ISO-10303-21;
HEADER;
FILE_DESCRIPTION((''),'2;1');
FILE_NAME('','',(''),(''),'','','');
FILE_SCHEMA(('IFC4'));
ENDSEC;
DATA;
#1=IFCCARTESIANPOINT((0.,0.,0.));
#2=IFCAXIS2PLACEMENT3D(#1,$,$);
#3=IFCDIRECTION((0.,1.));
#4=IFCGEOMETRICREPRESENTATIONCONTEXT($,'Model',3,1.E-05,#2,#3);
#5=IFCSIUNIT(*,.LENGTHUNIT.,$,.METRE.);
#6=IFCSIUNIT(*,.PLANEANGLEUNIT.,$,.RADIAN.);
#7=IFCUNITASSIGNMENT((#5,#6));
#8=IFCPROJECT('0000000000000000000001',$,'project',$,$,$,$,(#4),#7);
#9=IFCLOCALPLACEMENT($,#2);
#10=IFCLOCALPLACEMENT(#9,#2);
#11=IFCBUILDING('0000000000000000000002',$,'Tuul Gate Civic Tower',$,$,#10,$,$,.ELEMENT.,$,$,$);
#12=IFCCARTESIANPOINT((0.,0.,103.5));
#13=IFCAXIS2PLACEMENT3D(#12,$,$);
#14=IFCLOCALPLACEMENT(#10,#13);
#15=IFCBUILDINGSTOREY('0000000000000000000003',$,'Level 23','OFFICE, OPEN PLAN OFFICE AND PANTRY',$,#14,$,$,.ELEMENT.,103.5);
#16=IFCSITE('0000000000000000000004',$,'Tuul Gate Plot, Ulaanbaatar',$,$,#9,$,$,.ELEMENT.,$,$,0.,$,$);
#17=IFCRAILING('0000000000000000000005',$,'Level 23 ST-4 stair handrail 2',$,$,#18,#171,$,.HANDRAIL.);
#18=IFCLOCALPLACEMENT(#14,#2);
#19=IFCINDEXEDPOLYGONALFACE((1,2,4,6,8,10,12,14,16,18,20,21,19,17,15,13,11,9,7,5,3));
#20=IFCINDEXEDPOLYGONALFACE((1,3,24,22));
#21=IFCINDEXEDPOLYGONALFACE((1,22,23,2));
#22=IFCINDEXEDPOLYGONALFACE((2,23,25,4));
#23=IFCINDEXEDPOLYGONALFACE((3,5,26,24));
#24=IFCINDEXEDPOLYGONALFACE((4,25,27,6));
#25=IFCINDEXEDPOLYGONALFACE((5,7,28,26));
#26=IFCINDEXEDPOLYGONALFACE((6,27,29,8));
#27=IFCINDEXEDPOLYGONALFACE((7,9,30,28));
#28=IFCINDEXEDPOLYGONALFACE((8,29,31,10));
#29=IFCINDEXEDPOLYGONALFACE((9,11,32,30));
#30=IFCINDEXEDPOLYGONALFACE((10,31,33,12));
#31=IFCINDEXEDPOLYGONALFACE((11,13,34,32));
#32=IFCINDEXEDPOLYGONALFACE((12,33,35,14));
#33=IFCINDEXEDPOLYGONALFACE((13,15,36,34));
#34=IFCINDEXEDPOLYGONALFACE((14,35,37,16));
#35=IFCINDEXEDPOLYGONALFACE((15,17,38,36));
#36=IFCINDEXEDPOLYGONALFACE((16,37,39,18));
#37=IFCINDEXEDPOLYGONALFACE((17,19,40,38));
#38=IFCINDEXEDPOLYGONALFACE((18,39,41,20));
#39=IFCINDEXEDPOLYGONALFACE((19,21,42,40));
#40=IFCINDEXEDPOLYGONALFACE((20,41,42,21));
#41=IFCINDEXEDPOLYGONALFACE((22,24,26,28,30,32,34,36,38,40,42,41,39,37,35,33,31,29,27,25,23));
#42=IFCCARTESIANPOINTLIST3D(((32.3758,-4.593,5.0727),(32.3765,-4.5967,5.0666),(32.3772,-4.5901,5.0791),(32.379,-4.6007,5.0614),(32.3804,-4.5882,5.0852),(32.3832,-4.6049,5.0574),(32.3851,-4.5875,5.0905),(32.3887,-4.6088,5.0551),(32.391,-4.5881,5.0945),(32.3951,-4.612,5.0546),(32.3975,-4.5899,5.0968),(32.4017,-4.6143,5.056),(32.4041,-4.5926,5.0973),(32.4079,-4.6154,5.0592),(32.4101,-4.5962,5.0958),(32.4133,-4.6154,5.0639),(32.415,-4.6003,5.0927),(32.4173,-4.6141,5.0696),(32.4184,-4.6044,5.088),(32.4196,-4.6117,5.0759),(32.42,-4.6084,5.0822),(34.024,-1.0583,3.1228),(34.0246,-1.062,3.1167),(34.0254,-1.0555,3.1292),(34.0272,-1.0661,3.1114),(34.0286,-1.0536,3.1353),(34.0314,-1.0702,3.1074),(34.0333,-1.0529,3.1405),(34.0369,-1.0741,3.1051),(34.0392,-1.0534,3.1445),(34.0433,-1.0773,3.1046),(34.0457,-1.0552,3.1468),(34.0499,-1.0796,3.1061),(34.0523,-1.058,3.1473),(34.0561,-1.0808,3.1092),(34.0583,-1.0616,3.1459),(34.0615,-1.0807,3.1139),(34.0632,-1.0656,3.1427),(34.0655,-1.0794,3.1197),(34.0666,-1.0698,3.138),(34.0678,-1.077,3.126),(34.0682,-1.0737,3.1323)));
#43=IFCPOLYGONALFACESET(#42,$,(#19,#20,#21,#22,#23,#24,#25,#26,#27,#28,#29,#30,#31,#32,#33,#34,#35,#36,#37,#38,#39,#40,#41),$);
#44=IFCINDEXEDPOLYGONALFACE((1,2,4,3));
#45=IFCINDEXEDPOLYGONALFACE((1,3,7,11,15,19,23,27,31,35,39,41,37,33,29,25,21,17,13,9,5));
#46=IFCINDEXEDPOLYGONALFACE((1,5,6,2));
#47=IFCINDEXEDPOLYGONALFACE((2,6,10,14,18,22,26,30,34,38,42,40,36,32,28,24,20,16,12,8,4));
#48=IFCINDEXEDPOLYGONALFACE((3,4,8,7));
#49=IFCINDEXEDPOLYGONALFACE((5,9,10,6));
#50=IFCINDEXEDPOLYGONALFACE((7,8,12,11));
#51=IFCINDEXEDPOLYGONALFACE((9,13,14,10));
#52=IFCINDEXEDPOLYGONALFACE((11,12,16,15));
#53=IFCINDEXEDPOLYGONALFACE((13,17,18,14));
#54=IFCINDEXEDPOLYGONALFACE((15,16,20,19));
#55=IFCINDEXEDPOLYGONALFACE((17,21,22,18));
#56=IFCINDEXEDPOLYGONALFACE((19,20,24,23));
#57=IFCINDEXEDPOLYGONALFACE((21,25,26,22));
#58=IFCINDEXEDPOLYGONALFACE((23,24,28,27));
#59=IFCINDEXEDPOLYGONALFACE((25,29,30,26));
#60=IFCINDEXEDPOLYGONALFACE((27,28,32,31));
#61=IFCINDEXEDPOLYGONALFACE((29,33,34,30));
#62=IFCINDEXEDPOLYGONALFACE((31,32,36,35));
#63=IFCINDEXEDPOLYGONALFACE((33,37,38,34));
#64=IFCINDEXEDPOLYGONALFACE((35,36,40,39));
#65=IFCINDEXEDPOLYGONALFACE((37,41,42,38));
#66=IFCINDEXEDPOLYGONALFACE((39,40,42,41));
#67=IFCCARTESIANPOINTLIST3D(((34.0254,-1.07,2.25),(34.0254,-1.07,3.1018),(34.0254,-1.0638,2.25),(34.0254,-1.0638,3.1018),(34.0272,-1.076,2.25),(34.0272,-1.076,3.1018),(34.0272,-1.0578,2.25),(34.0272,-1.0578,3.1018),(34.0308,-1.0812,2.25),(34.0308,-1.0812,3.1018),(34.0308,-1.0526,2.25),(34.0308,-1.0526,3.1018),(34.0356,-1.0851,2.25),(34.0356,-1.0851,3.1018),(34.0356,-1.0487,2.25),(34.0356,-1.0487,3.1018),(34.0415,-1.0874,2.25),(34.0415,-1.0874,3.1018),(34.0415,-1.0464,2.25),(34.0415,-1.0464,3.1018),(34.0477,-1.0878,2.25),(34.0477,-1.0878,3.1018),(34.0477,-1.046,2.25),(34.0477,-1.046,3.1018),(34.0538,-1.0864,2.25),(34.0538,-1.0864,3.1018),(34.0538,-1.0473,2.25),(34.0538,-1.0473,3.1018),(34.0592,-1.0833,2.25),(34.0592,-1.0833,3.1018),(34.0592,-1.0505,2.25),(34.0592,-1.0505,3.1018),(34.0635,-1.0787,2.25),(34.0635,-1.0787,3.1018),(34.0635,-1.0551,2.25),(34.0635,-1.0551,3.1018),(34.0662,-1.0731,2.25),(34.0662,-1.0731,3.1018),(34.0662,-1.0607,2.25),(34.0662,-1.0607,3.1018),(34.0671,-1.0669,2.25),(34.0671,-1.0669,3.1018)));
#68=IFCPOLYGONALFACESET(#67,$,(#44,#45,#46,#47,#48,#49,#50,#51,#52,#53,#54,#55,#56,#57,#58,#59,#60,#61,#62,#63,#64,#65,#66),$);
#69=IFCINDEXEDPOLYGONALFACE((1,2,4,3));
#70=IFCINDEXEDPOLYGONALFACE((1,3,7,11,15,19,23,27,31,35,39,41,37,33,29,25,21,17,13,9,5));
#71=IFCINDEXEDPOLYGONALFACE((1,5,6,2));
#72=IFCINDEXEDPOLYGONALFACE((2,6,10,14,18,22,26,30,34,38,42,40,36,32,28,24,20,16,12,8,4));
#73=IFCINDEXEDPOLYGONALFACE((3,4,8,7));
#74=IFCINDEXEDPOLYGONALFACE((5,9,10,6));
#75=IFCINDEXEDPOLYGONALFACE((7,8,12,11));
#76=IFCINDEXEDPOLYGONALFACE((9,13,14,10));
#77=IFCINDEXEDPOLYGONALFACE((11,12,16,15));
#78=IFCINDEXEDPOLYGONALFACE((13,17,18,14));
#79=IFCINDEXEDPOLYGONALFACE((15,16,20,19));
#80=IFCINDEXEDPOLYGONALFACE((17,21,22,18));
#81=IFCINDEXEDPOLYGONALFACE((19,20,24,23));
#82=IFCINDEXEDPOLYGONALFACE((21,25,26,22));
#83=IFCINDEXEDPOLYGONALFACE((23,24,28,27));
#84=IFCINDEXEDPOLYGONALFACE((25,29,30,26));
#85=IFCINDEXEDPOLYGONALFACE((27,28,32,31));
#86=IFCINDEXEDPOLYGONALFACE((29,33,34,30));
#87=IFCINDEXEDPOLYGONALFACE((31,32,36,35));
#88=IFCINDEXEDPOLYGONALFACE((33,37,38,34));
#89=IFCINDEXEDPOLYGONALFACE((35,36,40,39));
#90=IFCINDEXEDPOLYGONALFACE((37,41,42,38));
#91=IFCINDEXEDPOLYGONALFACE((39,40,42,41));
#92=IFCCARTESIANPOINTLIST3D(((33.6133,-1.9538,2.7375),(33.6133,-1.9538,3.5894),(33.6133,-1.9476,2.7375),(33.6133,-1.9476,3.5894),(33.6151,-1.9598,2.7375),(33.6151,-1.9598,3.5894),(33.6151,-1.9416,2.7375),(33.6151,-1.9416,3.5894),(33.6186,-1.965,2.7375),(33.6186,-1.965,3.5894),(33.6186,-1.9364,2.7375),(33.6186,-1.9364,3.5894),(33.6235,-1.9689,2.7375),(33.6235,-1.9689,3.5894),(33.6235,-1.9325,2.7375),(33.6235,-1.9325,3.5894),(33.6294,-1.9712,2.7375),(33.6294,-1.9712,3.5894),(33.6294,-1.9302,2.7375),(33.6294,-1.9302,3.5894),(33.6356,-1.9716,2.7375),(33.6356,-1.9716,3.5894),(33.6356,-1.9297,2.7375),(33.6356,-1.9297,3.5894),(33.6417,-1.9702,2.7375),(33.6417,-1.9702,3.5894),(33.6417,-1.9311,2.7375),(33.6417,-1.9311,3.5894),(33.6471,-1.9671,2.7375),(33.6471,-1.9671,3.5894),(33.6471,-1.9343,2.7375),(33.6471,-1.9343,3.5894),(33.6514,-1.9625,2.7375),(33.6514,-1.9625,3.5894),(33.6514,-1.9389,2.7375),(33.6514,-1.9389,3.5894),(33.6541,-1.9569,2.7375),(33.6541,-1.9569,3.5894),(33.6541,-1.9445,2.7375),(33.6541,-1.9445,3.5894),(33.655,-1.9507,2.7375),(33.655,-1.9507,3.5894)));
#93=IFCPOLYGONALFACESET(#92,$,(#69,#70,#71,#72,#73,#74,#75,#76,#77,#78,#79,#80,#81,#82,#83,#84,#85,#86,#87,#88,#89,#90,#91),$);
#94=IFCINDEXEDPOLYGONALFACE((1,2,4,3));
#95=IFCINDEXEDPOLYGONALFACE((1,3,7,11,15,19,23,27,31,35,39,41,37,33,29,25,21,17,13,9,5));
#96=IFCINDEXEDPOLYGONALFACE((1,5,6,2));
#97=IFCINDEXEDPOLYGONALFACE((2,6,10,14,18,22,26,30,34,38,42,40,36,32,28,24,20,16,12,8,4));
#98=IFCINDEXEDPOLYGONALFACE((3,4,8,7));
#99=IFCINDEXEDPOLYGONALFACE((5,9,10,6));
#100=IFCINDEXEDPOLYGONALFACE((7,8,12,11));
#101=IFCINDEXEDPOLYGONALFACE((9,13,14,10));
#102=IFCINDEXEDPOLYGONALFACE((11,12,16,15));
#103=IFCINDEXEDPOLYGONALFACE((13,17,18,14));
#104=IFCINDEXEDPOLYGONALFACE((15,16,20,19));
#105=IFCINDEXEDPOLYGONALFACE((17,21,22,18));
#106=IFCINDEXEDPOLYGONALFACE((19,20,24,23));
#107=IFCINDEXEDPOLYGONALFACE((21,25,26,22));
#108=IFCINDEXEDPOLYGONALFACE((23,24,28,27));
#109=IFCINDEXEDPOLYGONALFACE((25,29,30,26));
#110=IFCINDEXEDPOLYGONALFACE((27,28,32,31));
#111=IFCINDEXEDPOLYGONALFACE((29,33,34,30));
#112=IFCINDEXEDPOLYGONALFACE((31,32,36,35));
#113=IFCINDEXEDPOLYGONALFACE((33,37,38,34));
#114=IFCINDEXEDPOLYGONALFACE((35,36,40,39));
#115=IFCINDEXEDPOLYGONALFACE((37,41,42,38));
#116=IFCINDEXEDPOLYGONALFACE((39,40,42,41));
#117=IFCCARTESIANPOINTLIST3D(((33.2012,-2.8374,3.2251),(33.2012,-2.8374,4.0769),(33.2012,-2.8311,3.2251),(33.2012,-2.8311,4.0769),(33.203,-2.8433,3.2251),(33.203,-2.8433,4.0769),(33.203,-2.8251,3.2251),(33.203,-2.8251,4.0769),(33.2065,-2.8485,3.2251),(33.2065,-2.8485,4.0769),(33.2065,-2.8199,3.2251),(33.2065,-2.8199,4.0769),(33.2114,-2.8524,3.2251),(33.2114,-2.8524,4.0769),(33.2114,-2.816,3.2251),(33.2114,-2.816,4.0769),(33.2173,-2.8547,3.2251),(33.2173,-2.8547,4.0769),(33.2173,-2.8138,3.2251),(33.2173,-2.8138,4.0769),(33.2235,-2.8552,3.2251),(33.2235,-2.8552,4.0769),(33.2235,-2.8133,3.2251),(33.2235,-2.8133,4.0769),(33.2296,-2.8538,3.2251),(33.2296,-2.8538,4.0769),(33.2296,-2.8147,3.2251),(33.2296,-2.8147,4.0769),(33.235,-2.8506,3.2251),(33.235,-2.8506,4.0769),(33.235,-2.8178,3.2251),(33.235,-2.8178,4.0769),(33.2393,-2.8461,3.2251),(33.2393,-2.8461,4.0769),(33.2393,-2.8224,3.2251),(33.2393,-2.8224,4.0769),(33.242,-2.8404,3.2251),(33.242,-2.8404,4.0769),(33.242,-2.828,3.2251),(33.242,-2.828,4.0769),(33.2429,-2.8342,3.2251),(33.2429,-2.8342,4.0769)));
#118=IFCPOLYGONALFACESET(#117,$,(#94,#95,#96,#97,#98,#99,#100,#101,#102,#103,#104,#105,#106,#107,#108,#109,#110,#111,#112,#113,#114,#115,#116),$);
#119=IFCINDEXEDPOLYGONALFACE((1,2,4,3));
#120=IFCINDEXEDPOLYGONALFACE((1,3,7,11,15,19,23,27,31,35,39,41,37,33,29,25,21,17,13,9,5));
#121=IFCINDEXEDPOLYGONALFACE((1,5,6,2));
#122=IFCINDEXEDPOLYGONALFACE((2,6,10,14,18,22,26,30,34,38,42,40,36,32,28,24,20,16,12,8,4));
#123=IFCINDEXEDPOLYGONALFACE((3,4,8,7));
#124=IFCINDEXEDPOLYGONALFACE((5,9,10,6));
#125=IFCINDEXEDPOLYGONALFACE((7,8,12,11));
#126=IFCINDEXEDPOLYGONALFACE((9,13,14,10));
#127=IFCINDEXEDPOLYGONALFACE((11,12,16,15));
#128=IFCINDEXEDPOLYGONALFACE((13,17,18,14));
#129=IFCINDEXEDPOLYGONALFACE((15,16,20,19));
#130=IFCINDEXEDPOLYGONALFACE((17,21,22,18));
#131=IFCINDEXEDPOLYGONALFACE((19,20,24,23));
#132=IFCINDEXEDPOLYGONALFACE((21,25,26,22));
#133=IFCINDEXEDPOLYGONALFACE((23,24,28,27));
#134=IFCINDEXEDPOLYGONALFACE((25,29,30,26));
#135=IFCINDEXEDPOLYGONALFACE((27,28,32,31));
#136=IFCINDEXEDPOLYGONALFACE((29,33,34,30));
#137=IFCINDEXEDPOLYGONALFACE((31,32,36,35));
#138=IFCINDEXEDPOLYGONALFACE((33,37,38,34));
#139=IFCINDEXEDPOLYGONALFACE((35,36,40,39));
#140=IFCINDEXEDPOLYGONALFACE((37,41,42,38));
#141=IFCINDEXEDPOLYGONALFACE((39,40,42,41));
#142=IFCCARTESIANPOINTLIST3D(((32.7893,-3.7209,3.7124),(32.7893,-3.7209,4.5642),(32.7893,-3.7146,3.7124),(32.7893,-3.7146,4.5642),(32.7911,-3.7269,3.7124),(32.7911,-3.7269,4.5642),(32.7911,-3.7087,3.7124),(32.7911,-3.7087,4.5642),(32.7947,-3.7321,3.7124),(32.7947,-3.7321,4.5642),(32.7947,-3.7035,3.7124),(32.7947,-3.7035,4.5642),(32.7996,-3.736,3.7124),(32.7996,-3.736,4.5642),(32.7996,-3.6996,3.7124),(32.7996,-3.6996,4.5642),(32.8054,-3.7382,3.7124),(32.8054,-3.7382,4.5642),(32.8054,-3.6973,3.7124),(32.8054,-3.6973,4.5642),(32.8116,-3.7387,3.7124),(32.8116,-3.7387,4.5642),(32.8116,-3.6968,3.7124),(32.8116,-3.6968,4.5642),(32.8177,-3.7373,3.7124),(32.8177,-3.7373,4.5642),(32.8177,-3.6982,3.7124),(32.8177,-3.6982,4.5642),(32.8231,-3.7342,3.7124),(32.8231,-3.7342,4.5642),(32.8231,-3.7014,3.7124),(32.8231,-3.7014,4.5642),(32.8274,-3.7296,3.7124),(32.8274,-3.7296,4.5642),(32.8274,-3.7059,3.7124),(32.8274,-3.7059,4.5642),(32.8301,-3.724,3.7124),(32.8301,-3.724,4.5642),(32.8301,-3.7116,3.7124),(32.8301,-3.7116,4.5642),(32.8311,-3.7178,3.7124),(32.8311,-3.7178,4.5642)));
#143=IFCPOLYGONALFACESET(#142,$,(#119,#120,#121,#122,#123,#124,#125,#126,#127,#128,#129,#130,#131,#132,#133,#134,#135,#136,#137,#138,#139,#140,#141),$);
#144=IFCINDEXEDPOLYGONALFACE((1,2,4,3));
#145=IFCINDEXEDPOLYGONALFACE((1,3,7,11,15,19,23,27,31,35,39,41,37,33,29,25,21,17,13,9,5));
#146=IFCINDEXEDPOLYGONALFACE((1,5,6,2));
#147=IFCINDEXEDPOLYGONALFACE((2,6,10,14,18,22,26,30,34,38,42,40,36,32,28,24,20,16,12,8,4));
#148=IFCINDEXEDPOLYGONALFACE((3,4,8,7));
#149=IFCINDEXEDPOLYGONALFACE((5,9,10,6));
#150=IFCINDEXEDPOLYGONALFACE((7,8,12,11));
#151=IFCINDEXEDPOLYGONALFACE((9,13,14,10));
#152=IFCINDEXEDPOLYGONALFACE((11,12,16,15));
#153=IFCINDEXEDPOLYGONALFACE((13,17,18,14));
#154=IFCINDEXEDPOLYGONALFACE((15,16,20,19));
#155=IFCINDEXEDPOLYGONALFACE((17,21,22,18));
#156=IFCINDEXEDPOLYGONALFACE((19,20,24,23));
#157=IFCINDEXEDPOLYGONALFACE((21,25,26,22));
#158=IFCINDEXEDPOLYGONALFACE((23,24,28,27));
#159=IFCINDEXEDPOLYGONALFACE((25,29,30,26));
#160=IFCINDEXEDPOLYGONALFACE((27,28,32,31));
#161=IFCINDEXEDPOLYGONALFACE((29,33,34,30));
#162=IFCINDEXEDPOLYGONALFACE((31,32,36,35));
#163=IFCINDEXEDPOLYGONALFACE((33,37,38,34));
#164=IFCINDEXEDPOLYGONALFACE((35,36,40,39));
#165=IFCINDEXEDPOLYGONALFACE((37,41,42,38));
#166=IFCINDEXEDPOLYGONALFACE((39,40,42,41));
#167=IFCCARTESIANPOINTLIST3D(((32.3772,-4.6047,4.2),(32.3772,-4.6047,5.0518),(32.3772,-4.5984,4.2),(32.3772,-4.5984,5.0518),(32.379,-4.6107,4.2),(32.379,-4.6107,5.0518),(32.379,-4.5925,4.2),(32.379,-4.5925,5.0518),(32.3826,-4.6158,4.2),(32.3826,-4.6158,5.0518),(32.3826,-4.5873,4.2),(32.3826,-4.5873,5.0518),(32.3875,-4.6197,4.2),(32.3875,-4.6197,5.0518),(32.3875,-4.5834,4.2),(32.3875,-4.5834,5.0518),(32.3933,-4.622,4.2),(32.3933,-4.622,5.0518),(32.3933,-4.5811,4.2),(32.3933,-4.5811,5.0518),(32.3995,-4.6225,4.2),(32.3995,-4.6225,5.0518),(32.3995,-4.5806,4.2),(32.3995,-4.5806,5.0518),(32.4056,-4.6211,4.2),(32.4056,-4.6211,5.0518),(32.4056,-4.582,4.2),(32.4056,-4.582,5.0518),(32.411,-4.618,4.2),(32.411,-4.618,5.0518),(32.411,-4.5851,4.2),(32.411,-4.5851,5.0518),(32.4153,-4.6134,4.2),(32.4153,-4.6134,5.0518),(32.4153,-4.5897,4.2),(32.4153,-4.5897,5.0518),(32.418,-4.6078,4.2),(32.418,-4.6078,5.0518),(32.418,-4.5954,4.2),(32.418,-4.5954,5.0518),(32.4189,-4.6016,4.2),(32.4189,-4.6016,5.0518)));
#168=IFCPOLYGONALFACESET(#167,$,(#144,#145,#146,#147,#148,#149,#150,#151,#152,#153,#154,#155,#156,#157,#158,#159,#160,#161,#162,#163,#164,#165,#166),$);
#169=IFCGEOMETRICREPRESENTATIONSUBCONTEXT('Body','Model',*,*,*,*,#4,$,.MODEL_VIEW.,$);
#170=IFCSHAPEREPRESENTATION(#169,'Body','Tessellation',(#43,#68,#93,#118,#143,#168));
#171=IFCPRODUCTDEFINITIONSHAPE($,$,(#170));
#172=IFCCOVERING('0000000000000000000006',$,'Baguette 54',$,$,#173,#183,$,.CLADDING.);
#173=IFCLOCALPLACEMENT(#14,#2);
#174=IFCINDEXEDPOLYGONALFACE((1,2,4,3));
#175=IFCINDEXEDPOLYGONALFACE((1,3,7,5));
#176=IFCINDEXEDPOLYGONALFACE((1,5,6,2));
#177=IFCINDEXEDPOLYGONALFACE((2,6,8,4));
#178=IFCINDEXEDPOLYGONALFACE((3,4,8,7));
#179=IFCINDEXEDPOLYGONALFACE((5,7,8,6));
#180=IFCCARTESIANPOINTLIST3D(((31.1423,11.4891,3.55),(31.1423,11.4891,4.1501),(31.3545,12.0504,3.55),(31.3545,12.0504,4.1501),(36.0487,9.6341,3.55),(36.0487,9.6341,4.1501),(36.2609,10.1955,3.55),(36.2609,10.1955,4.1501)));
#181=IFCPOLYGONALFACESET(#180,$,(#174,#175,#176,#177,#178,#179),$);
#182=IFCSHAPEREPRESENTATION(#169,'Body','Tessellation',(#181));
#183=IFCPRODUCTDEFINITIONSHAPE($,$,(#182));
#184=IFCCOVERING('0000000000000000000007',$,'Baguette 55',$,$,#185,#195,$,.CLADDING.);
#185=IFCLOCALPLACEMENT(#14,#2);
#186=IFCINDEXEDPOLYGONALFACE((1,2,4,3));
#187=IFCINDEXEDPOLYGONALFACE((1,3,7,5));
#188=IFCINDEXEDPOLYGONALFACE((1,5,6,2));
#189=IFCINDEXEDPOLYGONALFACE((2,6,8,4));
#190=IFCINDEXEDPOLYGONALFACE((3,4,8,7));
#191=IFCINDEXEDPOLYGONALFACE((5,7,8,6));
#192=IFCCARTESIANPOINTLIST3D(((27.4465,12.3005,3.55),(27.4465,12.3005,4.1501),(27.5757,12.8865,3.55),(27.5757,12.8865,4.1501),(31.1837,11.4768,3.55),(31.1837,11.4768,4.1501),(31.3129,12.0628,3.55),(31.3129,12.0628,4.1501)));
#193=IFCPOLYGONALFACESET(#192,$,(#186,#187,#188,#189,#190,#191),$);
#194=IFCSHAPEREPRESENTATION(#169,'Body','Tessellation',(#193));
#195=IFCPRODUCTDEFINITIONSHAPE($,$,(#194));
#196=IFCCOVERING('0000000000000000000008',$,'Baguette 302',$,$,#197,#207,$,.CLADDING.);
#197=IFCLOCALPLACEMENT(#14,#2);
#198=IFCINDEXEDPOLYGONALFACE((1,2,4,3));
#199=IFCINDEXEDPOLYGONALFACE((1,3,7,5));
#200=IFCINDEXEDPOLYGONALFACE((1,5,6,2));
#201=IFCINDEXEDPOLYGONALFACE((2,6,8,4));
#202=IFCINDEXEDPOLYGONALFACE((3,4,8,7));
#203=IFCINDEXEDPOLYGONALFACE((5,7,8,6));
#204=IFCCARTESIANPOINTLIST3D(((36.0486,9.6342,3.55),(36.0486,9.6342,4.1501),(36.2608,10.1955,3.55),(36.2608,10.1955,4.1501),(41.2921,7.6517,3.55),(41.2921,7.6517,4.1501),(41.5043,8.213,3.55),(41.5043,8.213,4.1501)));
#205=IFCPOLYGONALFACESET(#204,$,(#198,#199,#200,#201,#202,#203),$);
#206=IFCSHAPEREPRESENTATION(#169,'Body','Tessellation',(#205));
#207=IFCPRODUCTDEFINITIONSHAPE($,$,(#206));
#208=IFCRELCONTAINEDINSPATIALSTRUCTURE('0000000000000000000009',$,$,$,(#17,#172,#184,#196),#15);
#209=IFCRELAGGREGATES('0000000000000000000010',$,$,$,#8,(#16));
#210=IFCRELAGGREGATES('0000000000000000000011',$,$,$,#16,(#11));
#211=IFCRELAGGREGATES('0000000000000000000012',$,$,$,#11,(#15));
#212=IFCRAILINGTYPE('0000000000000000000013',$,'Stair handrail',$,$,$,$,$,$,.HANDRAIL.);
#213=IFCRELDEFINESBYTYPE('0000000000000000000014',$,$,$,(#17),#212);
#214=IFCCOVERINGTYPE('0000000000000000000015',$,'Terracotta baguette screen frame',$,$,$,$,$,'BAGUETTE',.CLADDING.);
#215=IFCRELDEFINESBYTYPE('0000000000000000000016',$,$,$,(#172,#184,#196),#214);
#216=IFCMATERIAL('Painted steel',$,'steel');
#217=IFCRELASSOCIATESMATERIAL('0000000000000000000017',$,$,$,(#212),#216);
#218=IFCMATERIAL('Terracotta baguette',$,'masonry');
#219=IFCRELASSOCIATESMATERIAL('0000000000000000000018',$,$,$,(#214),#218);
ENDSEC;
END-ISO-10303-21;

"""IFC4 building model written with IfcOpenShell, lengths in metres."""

from ifc_helpers import new_model, si_unit, direction, frame, origin, origin_2d, place, context, subcontext, project, spatial, rectangle, circle, extrude, material, material_profile, profile_set, type_object, element, save


model = new_model("IFC4")

# Units and contexts
model_context = context("Model", 3, precision=1e-05, world=origin(), true_north=direction((0.0, 1.0)))
body_context = subcontext(model_context, "Body", "Model", "MODEL_VIEW")
ifc_project = project(units=[si_unit("LENGTHUNIT", "METRE"), si_unit("PLANEANGLEUNIT", "RADIAN")], contexts=[model_context])

# Site, building, storey
site_placement = place(None, origin())
site = spatial("IfcSite", under=ifc_project, at=site_placement, Name="Tuul Gate Plot, Ulaanbaatar", CompositionType="ELEMENT", RefElevation=0.0)
building_placement = place(site_placement, origin())
building = spatial("IfcBuilding", under=site, at=building_placement, Name="Tuul Gate Civic Tower", CompositionType="ELEMENT")
storey_placement = place(building_placement, frame((0.0, 0.0, 103.5)))
storey = spatial("IfcBuildingStorey", under=building, at=storey_placement, Name="Level 23", Description="OFFICE, OPEN PLAN OFFICE AND PANTRY", CompositionType="ELEMENT", Elevation=103.5)

# Railing
ifc_material_1 = material(Name="Painted steel", Category="steel")
railing_type_1 = type_object("IfcRailingType", Name="Stair handrail", PredefinedType="HANDRAIL", material=ifc_material_1)
railing_1_placement = place(storey_placement, frame((34.0461, -1.0669, 2.25)))
element("IfcRailing", 1, at=railing_1_placement, inside=storey, type_object=railing_type_1, Name="Level 23 ST-4 stair handrail 2", PredefinedType="HANDRAIL", context=body_context, shape_type="SweptSolid", body=[
    extrude(circle(Radius=0.0239, at=origin_2d()), frame((0.0, 0.0, 0.876), z_axis=(-0.377995, -0.810637, 0.4472), x_axis=(0.906313, -0.422608, 0.0)), (0.0, 0.0, 1.0), 4.3604),
    extrude(circle(Radius=0.021, at=origin_2d()), origin(), (0.0, 0.0, 1.0), 0.8518),
    extrude(circle(Radius=0.021, at=origin_2d()), frame((-0.4121, -0.8838, 0.4875)), (0.0, 0.0, 1.0), 0.8518),
    extrude(circle(Radius=0.021, at=origin_2d()), frame((-0.8242, -1.7673, 0.9751)), (0.0, 0.0, 1.0), 0.8518),
    extrude(circle(Radius=0.021, at=origin_2d()), frame((-1.2361, -2.6509, 1.4624)), (0.0, 0.0, 1.0), 0.8518),
    extrude(circle(Radius=0.021, at=origin_2d()), frame((-1.6482, -3.5347, 1.95)), (0.0, 0.0, 1.0), 0.8518),
])

# Coverings
ifc_material_2 = material(Name="Terracotta baguette", Category="masonry")
ifc_material_profile_1 = material_profile(ifc_material_2, rectangle(XDim=0.6001, YDim=0.6001, at=origin_2d()), Name="Terracotta baguette screen frame")
ifc_profile_set_1 = profile_set([ifc_material_profile_1], Name="Terracotta baguette")
covering_type = type_object("IfcCoveringType", Name="Terracotta baguette screen frame", ElementType="BAGUETTE", PredefinedType="CLADDING", material=ifc_profile_set_1)
covering_1_placement = place(storey_placement, frame((36.1548, 9.9148, 3.8501), z_axis=(-0.935383, 0.353637, 0.0), x_axis=(-0.353637, -0.935383, 0.0)))
element("IfcCovering", 2, at=covering_1_placement, inside=storey, type_object=covering_type, Name="Baguette 54", PredefinedType="CLADDING", context=body_context, shape_type="SweptSolid", body=[
    extrude(rectangle(XDim=0.6001, YDim=0.6001, at=origin_2d()), origin(), (0.0, 0.0, 1.0), 5.2454),
])
covering_2_placement = place(storey_placement, frame((31.2483, 11.7698, 3.8501), z_axis=(-0.976561, 0.215241, 0.0), x_axis=(-0.215241, -0.976561, 0.0)))
element("IfcCovering", 3, at=covering_2_placement, inside=storey, type_object=covering_type, Name="Baguette 55", PredefinedType="CLADDING", context=body_context, shape_type="SweptSolid", body=[
    extrude(rectangle(XDim=0.6001, YDim=0.6001, at=origin_2d()), origin(), (0.0, 0.0, 1.0), 3.8269),
])
covering_3_placement = place(storey_placement, frame((41.3982, 7.9324, 3.8501), z_axis=(-0.935379, 0.353647, 0.0), x_axis=(-0.353647, -0.935379, 0.0)))
element("IfcCovering", 4, at=covering_3_placement, inside=storey, type_object=covering_type, Name="Baguette 302", PredefinedType="CLADDING", context=body_context, shape_type="SweptSolid", body=[
    extrude(rectangle(XDim=0.6001, YDim=0.6001, at=origin_2d()), origin(), (0.0, 0.0, 1.0), 5.6057),
])

save(model, "model.ifc")
